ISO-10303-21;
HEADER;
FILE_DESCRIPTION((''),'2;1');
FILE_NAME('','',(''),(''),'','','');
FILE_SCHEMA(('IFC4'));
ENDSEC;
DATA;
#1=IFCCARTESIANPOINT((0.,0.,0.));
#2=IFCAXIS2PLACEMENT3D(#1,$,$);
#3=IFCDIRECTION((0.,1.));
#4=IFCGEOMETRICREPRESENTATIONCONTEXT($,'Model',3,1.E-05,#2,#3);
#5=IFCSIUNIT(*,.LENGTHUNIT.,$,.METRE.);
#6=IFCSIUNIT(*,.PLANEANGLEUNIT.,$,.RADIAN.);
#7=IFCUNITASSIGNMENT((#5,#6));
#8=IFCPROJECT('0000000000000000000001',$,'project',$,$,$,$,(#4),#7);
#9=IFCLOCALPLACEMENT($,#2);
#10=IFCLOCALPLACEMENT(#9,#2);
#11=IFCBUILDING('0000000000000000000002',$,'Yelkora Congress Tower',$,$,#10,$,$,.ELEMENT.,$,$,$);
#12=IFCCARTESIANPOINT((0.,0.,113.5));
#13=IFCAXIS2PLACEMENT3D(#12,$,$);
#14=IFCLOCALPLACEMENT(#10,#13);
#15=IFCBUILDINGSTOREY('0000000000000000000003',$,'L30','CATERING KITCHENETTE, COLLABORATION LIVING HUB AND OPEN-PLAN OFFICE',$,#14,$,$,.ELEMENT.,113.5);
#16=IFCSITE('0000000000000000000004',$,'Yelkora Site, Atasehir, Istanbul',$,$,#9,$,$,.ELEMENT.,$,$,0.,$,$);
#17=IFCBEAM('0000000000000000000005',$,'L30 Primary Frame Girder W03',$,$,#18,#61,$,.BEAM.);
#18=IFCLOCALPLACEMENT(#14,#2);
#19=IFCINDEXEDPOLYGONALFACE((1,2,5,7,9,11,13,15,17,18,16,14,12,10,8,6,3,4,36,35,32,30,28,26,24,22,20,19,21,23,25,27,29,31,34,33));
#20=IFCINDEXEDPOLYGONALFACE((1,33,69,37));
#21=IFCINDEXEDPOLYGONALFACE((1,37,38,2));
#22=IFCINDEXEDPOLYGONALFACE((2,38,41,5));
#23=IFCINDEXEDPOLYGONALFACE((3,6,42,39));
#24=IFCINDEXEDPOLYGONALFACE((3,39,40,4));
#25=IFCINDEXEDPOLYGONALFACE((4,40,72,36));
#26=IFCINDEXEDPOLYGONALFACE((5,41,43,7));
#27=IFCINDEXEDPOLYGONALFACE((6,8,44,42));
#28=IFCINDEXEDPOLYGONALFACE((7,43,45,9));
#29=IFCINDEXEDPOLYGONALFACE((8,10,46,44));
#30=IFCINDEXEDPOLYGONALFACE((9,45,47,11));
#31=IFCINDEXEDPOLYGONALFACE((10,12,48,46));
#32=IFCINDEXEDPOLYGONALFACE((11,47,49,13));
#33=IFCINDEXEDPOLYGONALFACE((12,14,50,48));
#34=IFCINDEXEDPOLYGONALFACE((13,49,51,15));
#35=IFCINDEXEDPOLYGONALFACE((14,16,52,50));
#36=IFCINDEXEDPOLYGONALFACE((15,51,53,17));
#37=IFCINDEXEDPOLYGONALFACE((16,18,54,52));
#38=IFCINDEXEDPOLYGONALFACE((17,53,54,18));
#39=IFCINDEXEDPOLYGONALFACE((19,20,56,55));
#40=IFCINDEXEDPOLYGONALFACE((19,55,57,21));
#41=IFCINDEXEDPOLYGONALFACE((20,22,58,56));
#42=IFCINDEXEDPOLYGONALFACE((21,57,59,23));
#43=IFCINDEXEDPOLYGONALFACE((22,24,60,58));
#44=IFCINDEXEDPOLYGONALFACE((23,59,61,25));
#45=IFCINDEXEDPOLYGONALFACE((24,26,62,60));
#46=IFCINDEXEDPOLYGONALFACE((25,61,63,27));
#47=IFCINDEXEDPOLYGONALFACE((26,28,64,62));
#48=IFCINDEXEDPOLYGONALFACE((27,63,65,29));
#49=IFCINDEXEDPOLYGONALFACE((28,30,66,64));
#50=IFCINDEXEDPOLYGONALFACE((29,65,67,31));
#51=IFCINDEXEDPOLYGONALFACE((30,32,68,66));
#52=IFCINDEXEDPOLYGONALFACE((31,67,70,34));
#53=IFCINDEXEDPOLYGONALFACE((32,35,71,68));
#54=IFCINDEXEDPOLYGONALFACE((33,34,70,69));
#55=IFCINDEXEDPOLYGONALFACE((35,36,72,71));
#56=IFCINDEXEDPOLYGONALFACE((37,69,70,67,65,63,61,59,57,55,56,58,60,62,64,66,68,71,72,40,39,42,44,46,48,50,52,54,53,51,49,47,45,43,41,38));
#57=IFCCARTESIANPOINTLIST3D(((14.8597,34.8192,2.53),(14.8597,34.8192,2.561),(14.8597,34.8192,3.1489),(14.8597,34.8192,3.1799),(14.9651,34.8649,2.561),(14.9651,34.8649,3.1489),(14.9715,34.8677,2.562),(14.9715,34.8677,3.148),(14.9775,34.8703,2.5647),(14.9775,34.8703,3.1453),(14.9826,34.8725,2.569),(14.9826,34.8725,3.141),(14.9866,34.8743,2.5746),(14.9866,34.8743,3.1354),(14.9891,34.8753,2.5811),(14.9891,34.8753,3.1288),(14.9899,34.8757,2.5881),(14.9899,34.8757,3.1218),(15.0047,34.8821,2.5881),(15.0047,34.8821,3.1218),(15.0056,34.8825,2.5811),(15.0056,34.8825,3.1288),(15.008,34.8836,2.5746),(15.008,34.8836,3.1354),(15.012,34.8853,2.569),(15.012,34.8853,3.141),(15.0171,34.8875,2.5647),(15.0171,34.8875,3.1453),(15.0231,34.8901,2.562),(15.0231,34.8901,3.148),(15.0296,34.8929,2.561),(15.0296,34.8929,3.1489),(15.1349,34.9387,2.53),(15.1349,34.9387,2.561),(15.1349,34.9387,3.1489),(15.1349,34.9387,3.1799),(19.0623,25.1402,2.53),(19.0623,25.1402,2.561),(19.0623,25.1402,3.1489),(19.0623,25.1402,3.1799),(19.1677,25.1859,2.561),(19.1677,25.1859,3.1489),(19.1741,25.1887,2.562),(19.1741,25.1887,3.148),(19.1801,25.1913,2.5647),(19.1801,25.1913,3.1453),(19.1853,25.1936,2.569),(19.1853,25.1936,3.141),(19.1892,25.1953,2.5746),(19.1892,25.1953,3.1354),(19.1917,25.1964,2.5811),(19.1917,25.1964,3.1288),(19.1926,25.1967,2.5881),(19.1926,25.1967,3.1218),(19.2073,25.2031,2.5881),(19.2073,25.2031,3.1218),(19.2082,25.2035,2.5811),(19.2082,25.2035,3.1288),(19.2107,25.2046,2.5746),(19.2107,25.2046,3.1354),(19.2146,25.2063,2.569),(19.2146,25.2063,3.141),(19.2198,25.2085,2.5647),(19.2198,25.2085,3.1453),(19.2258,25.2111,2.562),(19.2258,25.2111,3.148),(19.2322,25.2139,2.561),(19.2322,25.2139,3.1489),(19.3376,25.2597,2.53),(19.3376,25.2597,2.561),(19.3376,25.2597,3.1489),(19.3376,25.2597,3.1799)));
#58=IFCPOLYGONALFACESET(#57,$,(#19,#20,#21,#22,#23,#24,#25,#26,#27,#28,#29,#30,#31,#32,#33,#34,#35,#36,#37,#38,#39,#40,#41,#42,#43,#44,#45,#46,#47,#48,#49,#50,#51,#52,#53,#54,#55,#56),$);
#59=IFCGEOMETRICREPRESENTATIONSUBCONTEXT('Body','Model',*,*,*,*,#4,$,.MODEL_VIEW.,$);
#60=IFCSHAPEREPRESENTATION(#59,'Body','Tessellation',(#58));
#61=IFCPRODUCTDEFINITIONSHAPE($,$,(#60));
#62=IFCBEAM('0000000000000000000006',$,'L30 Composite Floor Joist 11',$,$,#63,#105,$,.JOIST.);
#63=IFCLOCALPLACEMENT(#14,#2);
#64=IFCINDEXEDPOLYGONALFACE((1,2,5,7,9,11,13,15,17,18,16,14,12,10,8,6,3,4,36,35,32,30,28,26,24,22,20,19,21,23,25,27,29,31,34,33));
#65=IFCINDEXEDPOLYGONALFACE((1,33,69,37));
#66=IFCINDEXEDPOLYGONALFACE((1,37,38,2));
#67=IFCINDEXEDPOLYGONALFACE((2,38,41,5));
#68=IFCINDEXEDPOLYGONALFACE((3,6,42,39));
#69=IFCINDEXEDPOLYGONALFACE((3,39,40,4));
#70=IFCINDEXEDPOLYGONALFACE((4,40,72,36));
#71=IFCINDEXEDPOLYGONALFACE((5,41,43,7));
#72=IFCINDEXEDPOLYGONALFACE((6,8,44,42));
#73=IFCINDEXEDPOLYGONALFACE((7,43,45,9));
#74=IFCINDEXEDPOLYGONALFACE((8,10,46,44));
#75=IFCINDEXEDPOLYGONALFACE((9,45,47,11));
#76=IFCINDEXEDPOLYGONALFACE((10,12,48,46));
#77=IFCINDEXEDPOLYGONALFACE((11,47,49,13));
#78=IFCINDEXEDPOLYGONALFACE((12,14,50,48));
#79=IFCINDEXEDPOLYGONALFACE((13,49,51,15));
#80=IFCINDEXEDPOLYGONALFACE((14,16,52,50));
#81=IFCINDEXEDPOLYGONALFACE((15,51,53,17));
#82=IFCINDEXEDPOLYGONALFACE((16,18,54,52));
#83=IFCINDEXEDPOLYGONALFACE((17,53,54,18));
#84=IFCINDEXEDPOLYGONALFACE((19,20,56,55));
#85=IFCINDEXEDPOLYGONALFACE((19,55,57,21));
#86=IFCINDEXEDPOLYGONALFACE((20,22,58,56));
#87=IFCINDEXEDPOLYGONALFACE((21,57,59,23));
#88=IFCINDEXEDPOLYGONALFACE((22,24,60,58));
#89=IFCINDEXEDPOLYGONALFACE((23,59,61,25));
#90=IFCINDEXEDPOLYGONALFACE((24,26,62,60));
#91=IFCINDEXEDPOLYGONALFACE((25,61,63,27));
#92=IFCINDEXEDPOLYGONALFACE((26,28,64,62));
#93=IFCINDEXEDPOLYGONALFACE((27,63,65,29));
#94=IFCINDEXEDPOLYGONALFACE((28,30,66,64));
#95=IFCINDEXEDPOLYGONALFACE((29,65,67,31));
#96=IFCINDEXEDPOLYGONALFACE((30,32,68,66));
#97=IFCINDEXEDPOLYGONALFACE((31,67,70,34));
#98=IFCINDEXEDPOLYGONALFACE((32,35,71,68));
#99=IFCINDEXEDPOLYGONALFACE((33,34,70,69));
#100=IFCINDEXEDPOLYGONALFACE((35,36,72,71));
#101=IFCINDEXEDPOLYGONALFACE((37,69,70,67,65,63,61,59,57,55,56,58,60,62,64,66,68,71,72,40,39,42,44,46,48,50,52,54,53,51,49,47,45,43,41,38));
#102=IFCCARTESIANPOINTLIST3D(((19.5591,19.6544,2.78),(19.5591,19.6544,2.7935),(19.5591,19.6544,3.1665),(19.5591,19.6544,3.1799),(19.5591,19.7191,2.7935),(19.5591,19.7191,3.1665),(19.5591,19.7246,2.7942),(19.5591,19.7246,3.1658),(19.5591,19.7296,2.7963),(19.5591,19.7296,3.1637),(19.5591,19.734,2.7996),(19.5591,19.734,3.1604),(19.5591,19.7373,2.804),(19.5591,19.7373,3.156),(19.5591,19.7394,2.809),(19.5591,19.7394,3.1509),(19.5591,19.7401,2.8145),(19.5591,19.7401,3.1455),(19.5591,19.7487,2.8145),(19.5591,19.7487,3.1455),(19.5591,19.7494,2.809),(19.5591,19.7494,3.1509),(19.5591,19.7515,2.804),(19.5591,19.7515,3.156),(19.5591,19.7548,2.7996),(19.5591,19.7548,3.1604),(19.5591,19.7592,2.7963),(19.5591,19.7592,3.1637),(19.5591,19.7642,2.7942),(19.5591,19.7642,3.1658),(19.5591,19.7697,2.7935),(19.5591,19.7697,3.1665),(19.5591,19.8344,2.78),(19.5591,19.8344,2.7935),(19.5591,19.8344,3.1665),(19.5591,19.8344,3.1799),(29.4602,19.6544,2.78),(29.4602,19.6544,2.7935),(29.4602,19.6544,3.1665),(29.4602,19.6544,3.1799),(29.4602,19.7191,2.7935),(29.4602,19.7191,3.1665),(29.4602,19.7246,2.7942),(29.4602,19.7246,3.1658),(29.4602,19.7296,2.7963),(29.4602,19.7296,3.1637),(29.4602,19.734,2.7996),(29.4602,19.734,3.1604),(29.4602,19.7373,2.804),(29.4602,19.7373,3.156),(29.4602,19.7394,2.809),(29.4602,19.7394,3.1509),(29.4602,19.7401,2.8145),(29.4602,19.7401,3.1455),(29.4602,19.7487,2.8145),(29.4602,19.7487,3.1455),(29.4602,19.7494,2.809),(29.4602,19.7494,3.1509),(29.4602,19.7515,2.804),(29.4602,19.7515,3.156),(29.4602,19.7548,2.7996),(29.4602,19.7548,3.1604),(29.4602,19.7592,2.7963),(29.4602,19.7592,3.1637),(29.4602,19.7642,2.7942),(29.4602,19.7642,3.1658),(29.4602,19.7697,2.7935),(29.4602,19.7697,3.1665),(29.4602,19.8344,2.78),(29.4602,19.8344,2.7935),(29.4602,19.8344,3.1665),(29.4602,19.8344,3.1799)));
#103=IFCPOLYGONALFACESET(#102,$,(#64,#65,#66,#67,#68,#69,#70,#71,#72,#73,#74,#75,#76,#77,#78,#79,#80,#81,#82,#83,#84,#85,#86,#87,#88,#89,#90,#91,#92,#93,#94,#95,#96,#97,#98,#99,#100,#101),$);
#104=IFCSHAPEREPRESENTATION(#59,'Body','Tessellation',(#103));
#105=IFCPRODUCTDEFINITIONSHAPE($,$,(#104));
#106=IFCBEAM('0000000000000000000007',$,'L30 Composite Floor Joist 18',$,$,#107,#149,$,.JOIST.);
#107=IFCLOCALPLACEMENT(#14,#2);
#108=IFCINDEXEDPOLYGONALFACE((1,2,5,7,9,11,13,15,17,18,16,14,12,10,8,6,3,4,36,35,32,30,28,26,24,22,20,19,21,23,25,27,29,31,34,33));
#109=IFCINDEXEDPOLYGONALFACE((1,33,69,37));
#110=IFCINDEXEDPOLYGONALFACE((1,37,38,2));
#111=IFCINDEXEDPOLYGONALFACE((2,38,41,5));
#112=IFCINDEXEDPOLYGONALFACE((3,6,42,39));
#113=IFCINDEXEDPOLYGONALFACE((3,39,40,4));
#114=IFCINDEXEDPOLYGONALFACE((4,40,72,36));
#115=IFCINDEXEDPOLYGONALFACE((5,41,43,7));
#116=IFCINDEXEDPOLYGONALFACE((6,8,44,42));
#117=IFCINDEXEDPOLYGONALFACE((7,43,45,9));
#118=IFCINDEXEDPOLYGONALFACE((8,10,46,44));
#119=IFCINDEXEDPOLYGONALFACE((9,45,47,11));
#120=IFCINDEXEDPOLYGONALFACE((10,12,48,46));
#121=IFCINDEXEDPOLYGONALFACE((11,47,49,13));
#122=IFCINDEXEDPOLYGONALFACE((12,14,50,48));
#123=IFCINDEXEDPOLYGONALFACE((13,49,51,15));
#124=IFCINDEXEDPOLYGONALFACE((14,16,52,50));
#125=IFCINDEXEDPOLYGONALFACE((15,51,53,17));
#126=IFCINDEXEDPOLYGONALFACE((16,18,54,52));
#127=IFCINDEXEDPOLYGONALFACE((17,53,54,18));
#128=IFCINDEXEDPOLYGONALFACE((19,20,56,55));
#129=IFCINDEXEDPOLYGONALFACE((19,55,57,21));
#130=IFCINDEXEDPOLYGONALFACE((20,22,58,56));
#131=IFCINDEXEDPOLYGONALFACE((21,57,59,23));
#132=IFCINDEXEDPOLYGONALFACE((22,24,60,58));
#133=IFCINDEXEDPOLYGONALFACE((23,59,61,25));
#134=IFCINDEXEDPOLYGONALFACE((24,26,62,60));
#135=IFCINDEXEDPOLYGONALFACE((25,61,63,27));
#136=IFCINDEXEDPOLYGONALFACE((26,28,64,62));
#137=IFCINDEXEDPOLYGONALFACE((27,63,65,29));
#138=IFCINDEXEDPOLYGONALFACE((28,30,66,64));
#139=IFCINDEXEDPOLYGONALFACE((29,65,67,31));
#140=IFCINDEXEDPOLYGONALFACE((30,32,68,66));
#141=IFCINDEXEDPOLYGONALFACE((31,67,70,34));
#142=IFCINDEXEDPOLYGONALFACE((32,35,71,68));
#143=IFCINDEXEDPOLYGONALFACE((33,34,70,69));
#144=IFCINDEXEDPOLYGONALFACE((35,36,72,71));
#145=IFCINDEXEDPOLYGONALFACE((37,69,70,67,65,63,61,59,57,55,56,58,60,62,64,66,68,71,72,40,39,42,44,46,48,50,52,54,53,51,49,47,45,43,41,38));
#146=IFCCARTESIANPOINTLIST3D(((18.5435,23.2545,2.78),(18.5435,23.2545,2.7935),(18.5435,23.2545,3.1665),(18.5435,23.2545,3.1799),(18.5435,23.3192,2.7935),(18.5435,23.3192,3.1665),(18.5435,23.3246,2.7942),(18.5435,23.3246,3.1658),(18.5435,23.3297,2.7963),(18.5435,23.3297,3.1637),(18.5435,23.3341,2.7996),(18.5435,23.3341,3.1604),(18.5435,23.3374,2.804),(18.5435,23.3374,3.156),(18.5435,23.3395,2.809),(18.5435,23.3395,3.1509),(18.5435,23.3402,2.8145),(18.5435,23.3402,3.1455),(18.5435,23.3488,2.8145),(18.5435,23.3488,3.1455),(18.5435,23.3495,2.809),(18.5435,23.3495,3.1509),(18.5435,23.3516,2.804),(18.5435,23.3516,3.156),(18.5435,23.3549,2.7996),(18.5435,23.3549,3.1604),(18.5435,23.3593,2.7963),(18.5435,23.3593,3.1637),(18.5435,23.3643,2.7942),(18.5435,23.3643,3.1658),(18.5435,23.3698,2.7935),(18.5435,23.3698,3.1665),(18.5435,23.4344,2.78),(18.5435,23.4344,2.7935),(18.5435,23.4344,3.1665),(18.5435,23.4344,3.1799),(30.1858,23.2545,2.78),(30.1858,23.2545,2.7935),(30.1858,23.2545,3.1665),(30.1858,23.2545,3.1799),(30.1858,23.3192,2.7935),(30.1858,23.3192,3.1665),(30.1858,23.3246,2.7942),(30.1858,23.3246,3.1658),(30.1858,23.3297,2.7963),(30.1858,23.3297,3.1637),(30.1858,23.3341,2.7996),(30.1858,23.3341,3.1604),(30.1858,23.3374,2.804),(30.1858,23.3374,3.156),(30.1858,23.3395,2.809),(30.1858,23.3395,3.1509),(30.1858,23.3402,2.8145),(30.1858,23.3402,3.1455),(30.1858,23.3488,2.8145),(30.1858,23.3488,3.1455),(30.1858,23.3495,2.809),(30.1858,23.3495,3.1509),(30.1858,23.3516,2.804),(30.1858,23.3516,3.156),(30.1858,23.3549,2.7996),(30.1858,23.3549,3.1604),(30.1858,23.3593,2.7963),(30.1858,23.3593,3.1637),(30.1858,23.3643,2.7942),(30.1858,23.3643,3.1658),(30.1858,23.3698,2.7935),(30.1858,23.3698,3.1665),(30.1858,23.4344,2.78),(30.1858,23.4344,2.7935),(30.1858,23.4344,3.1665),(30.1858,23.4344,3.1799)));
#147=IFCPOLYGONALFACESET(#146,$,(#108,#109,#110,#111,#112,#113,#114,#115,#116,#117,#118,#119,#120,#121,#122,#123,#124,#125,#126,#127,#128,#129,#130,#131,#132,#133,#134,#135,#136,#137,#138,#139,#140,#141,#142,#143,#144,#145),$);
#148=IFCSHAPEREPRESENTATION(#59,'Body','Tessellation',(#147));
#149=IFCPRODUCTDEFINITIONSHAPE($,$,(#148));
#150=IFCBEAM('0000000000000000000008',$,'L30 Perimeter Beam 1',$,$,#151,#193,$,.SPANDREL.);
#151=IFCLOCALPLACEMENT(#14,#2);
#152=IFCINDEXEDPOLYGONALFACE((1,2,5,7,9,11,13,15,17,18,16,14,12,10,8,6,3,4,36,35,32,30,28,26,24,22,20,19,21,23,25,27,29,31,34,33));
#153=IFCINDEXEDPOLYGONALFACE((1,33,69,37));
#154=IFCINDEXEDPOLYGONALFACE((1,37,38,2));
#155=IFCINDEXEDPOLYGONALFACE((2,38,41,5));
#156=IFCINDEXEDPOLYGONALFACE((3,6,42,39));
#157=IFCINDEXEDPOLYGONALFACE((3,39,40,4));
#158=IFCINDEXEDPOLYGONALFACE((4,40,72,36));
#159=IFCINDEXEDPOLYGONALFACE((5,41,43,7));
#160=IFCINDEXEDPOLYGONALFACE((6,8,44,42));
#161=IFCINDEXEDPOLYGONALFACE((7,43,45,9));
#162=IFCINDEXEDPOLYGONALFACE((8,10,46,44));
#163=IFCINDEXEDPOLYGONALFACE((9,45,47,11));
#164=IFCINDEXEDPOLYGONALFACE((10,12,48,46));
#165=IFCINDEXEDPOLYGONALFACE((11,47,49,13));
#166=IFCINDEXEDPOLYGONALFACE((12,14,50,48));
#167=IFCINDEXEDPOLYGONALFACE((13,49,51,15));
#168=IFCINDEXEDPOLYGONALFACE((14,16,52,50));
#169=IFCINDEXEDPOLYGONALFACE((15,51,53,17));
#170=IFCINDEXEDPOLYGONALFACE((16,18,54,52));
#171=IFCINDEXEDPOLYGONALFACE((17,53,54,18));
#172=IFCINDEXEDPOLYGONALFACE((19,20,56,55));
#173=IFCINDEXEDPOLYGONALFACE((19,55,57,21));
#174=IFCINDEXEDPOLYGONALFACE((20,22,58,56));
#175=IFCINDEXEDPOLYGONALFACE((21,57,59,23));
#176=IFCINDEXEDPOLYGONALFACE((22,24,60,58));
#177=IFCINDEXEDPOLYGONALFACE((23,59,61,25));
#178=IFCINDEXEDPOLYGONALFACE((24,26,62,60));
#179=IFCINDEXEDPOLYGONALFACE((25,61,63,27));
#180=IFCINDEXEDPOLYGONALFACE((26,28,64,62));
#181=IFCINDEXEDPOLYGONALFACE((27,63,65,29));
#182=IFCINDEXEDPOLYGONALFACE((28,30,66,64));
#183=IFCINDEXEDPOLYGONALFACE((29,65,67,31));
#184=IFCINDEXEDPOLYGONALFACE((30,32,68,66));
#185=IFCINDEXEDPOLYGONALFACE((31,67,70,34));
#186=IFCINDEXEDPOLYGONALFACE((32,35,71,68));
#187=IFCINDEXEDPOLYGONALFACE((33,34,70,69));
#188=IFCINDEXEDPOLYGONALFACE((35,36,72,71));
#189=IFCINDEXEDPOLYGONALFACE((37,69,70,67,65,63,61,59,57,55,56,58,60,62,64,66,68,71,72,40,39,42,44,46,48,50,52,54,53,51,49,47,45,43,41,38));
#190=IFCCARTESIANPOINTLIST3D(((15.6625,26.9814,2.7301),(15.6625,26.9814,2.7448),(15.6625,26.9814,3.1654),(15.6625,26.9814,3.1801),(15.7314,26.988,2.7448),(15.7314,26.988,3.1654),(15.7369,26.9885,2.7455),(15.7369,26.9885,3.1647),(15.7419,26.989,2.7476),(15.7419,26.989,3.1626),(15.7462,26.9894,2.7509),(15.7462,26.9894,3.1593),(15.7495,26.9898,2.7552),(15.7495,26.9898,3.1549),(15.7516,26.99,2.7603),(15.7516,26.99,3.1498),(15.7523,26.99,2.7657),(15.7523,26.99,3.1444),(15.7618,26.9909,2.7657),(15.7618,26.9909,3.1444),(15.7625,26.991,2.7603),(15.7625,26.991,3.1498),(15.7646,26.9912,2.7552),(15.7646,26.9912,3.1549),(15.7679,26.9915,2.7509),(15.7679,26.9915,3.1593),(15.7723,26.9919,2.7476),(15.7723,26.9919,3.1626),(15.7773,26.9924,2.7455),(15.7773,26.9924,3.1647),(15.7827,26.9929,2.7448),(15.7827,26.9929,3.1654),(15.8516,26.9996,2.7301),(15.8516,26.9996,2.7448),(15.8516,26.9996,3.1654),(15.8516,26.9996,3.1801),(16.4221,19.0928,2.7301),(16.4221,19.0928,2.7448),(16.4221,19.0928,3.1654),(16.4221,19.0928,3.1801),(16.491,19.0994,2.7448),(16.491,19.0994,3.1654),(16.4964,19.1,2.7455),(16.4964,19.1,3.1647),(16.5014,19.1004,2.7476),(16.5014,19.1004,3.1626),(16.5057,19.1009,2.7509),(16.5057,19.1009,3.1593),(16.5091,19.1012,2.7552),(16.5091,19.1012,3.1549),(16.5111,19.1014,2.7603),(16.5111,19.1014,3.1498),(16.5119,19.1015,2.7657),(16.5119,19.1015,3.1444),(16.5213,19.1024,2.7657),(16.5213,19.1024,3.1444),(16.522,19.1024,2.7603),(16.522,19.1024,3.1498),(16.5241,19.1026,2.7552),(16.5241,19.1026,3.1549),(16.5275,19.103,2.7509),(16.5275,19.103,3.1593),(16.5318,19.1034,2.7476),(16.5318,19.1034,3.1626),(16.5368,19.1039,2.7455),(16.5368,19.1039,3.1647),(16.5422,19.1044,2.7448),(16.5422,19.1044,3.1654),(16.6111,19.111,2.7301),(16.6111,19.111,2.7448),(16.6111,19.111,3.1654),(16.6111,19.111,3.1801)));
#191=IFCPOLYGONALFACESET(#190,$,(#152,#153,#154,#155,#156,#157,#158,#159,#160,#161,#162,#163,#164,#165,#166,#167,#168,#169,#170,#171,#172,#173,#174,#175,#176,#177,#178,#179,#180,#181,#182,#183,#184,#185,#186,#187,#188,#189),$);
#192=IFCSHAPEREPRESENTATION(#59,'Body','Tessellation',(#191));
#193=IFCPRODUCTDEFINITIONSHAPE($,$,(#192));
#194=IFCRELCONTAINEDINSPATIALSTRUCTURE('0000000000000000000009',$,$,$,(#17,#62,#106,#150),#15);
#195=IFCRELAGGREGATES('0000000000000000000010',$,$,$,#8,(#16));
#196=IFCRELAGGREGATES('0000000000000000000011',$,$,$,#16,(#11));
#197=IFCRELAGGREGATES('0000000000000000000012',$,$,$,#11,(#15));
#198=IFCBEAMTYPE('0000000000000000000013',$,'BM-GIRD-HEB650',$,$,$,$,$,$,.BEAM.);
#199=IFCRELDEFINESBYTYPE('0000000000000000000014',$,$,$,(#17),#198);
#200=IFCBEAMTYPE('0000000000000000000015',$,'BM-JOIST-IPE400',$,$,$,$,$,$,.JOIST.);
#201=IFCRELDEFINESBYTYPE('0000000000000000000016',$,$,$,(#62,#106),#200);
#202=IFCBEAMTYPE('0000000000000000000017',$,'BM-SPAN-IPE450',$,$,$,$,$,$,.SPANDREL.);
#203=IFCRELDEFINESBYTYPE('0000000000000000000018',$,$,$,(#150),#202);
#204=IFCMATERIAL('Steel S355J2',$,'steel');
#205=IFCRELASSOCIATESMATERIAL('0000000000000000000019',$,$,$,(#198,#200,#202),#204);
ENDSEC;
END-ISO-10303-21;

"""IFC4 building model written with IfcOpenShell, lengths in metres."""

from ifc_helpers import new_model, si_unit, direction, frame, origin, origin_2d, place, context, subcontext, project, spatial, i_section, extrude, material, material_profile, profile_set, type_object, element, save


model = new_model("IFC4")

# Units and contexts
model_context = context("Model", 3, precision=1e-05, world=origin(), true_north=direction((0.0, 1.0)))
body_context = subcontext(model_context, "Body", "Model", "MODEL_VIEW")
ifc_project = project(units=[si_unit("LENGTHUNIT", "METRE"), si_unit("PLANEANGLEUNIT", "RADIAN")], contexts=[model_context])

# Site, building, storey
site_placement = place(None, origin())
site = spatial("IfcSite", under=ifc_project, at=site_placement, Name="Yelkora Site, Atasehir, Istanbul", CompositionType="ELEMENT", RefElevation=0.0)
building_placement = place(site_placement, origin())
building = spatial("IfcBuilding", under=site, at=building_placement, Name="Yelkora Congress Tower", CompositionType="ELEMENT")
storey_placement = place(building_placement, frame((0.0, 0.0, 113.5)))
storey = spatial("IfcBuildingStorey", under=building, at=storey_placement, Name="L30", Description="CATERING KITCHENETTE, COLLABORATION LIVING HUB AND OPEN-PLAN OFFICE", CompositionType="ELEMENT", Elevation=113.5)

# Beams
ifc_material_1 = material(Name="Steel S355J2", Category="steel")
ifc_material_profile_1 = material_profile(ifc_material_1, i_section(OverallWidth=0.3, OverallDepth=0.6499, WebThickness=0.0161, FlangeThickness=0.031, FilletRadius=0.0271, at=origin_2d()), Name="HEB 650")
ifc_profile_set_1 = profile_set([ifc_material_profile_1], Name="Steel S355J2")
beam_type_1 = type_object("IfcBeamType", Name="BM-GIRD-HEB650", PredefinedType="BEAM", material=ifc_profile_set_1)
beam_1_placement = place(storey_placement, frame((14.9973, 34.8789, 2.855), z_axis=(0.398279, -0.917264, 0.0), x_axis=(0.917264, 0.398279, 0.0)))
element("IfcBeam", 1, at=beam_1_placement, inside=storey, type_object=beam_type_1, Name="L30 Primary Frame Girder W03", PredefinedType="BEAM", context=body_context, shape_type="SweptSolid", body=[
    extrude(i_section(OverallWidth=0.3, OverallDepth=0.6499, WebThickness=0.0161, FlangeThickness=0.031, FilletRadius=0.0271, at=origin_2d()), origin(), (0.0, 0.0, 1.0), 10.552),
])
ifc_material_profile_2 = material_profile(ifc_material_1, i_section(OverallWidth=0.1799, OverallDepth=0.3999, WebThickness=0.0085, FlangeThickness=0.0134, FilletRadius=0.021, at=origin_2d()), Name="IPE 400")
ifc_profile_set_2 = profile_set([ifc_material_profile_2], Name="Steel S355J2")
beam_type_2 = type_object("IfcBeamType", Name="BM-JOIST-IPE400", PredefinedType="JOIST", material=ifc_profile_set_2)
beam_2_placement = place(storey_placement, frame((19.5591, 19.7444, 2.98), z_axis=(1.0, 0.0, 0.0), x_axis=(0.0, 1.0, 0.0)))
element("IfcBeam", 2, at=beam_2_placement, inside=storey, type_object=beam_type_2, Name="L30 Composite Floor Joist 11", PredefinedType="JOIST", context=body_context, shape_type="SweptSolid", body=[
    extrude(i_section(OverallWidth=0.1799, OverallDepth=0.3999, WebThickness=0.0085, FlangeThickness=0.0134, FilletRadius=0.021, at=origin_2d()), origin(), (0.0, 0.0, 1.0), 9.9011),
])
beam_3_placement = place(storey_placement, frame((18.5435, 23.3445, 2.98), z_axis=(1.0, 0.0, 0.0), x_axis=(0.0, 1.0, 0.0)))
element("IfcBeam", 3, at=beam_3_placement, inside=storey, type_object=beam_type_2, Name="L30 Composite Floor Joist 18", PredefinedType="JOIST", context=body_context, shape_type="SweptSolid", body=[
    extrude(i_section(OverallWidth=0.1799, OverallDepth=0.3999, WebThickness=0.0085, FlangeThickness=0.0134, FilletRadius=0.021, at=origin_2d()), origin(), (0.0, 0.0, 1.0), 11.6423),
])
ifc_material_profile_3 = material_profile(ifc_material_1, i_section(OverallWidth=0.1899, OverallDepth=0.45, WebThickness=0.0095, FlangeThickness=0.0146, FilletRadius=0.021, at=origin_2d()), Name="IPE 450")
ifc_profile_set_3 = profile_set([ifc_material_profile_3], Name="Steel S355J2")
beam_type_3 = type_object("IfcBeamType", Name="BM-SPAN-IPE450", PredefinedType="SPANDREL", material=ifc_profile_set_3)
beam_4_placement = place(storey_placement, frame((15.7571, 26.9905, 2.9551), z_axis=(0.095837, -0.995397, 0.0), x_axis=(0.995397, 0.095837, 0.0)))
element("IfcBeam", 4, at=beam_4_placement, inside=storey, type_object=beam_type_3, Name="L30 Perimeter Beam 1", PredefinedType="SPANDREL", context=body_context, shape_type="SweptSolid", body=[
    extrude(i_section(OverallWidth=0.1899, OverallDepth=0.45, WebThickness=0.0095, FlangeThickness=0.0146, FilletRadius=0.021, at=origin_2d()), origin(), (0.0, 0.0, 1.0), 7.925),
])

save(model, "model.ifc")
